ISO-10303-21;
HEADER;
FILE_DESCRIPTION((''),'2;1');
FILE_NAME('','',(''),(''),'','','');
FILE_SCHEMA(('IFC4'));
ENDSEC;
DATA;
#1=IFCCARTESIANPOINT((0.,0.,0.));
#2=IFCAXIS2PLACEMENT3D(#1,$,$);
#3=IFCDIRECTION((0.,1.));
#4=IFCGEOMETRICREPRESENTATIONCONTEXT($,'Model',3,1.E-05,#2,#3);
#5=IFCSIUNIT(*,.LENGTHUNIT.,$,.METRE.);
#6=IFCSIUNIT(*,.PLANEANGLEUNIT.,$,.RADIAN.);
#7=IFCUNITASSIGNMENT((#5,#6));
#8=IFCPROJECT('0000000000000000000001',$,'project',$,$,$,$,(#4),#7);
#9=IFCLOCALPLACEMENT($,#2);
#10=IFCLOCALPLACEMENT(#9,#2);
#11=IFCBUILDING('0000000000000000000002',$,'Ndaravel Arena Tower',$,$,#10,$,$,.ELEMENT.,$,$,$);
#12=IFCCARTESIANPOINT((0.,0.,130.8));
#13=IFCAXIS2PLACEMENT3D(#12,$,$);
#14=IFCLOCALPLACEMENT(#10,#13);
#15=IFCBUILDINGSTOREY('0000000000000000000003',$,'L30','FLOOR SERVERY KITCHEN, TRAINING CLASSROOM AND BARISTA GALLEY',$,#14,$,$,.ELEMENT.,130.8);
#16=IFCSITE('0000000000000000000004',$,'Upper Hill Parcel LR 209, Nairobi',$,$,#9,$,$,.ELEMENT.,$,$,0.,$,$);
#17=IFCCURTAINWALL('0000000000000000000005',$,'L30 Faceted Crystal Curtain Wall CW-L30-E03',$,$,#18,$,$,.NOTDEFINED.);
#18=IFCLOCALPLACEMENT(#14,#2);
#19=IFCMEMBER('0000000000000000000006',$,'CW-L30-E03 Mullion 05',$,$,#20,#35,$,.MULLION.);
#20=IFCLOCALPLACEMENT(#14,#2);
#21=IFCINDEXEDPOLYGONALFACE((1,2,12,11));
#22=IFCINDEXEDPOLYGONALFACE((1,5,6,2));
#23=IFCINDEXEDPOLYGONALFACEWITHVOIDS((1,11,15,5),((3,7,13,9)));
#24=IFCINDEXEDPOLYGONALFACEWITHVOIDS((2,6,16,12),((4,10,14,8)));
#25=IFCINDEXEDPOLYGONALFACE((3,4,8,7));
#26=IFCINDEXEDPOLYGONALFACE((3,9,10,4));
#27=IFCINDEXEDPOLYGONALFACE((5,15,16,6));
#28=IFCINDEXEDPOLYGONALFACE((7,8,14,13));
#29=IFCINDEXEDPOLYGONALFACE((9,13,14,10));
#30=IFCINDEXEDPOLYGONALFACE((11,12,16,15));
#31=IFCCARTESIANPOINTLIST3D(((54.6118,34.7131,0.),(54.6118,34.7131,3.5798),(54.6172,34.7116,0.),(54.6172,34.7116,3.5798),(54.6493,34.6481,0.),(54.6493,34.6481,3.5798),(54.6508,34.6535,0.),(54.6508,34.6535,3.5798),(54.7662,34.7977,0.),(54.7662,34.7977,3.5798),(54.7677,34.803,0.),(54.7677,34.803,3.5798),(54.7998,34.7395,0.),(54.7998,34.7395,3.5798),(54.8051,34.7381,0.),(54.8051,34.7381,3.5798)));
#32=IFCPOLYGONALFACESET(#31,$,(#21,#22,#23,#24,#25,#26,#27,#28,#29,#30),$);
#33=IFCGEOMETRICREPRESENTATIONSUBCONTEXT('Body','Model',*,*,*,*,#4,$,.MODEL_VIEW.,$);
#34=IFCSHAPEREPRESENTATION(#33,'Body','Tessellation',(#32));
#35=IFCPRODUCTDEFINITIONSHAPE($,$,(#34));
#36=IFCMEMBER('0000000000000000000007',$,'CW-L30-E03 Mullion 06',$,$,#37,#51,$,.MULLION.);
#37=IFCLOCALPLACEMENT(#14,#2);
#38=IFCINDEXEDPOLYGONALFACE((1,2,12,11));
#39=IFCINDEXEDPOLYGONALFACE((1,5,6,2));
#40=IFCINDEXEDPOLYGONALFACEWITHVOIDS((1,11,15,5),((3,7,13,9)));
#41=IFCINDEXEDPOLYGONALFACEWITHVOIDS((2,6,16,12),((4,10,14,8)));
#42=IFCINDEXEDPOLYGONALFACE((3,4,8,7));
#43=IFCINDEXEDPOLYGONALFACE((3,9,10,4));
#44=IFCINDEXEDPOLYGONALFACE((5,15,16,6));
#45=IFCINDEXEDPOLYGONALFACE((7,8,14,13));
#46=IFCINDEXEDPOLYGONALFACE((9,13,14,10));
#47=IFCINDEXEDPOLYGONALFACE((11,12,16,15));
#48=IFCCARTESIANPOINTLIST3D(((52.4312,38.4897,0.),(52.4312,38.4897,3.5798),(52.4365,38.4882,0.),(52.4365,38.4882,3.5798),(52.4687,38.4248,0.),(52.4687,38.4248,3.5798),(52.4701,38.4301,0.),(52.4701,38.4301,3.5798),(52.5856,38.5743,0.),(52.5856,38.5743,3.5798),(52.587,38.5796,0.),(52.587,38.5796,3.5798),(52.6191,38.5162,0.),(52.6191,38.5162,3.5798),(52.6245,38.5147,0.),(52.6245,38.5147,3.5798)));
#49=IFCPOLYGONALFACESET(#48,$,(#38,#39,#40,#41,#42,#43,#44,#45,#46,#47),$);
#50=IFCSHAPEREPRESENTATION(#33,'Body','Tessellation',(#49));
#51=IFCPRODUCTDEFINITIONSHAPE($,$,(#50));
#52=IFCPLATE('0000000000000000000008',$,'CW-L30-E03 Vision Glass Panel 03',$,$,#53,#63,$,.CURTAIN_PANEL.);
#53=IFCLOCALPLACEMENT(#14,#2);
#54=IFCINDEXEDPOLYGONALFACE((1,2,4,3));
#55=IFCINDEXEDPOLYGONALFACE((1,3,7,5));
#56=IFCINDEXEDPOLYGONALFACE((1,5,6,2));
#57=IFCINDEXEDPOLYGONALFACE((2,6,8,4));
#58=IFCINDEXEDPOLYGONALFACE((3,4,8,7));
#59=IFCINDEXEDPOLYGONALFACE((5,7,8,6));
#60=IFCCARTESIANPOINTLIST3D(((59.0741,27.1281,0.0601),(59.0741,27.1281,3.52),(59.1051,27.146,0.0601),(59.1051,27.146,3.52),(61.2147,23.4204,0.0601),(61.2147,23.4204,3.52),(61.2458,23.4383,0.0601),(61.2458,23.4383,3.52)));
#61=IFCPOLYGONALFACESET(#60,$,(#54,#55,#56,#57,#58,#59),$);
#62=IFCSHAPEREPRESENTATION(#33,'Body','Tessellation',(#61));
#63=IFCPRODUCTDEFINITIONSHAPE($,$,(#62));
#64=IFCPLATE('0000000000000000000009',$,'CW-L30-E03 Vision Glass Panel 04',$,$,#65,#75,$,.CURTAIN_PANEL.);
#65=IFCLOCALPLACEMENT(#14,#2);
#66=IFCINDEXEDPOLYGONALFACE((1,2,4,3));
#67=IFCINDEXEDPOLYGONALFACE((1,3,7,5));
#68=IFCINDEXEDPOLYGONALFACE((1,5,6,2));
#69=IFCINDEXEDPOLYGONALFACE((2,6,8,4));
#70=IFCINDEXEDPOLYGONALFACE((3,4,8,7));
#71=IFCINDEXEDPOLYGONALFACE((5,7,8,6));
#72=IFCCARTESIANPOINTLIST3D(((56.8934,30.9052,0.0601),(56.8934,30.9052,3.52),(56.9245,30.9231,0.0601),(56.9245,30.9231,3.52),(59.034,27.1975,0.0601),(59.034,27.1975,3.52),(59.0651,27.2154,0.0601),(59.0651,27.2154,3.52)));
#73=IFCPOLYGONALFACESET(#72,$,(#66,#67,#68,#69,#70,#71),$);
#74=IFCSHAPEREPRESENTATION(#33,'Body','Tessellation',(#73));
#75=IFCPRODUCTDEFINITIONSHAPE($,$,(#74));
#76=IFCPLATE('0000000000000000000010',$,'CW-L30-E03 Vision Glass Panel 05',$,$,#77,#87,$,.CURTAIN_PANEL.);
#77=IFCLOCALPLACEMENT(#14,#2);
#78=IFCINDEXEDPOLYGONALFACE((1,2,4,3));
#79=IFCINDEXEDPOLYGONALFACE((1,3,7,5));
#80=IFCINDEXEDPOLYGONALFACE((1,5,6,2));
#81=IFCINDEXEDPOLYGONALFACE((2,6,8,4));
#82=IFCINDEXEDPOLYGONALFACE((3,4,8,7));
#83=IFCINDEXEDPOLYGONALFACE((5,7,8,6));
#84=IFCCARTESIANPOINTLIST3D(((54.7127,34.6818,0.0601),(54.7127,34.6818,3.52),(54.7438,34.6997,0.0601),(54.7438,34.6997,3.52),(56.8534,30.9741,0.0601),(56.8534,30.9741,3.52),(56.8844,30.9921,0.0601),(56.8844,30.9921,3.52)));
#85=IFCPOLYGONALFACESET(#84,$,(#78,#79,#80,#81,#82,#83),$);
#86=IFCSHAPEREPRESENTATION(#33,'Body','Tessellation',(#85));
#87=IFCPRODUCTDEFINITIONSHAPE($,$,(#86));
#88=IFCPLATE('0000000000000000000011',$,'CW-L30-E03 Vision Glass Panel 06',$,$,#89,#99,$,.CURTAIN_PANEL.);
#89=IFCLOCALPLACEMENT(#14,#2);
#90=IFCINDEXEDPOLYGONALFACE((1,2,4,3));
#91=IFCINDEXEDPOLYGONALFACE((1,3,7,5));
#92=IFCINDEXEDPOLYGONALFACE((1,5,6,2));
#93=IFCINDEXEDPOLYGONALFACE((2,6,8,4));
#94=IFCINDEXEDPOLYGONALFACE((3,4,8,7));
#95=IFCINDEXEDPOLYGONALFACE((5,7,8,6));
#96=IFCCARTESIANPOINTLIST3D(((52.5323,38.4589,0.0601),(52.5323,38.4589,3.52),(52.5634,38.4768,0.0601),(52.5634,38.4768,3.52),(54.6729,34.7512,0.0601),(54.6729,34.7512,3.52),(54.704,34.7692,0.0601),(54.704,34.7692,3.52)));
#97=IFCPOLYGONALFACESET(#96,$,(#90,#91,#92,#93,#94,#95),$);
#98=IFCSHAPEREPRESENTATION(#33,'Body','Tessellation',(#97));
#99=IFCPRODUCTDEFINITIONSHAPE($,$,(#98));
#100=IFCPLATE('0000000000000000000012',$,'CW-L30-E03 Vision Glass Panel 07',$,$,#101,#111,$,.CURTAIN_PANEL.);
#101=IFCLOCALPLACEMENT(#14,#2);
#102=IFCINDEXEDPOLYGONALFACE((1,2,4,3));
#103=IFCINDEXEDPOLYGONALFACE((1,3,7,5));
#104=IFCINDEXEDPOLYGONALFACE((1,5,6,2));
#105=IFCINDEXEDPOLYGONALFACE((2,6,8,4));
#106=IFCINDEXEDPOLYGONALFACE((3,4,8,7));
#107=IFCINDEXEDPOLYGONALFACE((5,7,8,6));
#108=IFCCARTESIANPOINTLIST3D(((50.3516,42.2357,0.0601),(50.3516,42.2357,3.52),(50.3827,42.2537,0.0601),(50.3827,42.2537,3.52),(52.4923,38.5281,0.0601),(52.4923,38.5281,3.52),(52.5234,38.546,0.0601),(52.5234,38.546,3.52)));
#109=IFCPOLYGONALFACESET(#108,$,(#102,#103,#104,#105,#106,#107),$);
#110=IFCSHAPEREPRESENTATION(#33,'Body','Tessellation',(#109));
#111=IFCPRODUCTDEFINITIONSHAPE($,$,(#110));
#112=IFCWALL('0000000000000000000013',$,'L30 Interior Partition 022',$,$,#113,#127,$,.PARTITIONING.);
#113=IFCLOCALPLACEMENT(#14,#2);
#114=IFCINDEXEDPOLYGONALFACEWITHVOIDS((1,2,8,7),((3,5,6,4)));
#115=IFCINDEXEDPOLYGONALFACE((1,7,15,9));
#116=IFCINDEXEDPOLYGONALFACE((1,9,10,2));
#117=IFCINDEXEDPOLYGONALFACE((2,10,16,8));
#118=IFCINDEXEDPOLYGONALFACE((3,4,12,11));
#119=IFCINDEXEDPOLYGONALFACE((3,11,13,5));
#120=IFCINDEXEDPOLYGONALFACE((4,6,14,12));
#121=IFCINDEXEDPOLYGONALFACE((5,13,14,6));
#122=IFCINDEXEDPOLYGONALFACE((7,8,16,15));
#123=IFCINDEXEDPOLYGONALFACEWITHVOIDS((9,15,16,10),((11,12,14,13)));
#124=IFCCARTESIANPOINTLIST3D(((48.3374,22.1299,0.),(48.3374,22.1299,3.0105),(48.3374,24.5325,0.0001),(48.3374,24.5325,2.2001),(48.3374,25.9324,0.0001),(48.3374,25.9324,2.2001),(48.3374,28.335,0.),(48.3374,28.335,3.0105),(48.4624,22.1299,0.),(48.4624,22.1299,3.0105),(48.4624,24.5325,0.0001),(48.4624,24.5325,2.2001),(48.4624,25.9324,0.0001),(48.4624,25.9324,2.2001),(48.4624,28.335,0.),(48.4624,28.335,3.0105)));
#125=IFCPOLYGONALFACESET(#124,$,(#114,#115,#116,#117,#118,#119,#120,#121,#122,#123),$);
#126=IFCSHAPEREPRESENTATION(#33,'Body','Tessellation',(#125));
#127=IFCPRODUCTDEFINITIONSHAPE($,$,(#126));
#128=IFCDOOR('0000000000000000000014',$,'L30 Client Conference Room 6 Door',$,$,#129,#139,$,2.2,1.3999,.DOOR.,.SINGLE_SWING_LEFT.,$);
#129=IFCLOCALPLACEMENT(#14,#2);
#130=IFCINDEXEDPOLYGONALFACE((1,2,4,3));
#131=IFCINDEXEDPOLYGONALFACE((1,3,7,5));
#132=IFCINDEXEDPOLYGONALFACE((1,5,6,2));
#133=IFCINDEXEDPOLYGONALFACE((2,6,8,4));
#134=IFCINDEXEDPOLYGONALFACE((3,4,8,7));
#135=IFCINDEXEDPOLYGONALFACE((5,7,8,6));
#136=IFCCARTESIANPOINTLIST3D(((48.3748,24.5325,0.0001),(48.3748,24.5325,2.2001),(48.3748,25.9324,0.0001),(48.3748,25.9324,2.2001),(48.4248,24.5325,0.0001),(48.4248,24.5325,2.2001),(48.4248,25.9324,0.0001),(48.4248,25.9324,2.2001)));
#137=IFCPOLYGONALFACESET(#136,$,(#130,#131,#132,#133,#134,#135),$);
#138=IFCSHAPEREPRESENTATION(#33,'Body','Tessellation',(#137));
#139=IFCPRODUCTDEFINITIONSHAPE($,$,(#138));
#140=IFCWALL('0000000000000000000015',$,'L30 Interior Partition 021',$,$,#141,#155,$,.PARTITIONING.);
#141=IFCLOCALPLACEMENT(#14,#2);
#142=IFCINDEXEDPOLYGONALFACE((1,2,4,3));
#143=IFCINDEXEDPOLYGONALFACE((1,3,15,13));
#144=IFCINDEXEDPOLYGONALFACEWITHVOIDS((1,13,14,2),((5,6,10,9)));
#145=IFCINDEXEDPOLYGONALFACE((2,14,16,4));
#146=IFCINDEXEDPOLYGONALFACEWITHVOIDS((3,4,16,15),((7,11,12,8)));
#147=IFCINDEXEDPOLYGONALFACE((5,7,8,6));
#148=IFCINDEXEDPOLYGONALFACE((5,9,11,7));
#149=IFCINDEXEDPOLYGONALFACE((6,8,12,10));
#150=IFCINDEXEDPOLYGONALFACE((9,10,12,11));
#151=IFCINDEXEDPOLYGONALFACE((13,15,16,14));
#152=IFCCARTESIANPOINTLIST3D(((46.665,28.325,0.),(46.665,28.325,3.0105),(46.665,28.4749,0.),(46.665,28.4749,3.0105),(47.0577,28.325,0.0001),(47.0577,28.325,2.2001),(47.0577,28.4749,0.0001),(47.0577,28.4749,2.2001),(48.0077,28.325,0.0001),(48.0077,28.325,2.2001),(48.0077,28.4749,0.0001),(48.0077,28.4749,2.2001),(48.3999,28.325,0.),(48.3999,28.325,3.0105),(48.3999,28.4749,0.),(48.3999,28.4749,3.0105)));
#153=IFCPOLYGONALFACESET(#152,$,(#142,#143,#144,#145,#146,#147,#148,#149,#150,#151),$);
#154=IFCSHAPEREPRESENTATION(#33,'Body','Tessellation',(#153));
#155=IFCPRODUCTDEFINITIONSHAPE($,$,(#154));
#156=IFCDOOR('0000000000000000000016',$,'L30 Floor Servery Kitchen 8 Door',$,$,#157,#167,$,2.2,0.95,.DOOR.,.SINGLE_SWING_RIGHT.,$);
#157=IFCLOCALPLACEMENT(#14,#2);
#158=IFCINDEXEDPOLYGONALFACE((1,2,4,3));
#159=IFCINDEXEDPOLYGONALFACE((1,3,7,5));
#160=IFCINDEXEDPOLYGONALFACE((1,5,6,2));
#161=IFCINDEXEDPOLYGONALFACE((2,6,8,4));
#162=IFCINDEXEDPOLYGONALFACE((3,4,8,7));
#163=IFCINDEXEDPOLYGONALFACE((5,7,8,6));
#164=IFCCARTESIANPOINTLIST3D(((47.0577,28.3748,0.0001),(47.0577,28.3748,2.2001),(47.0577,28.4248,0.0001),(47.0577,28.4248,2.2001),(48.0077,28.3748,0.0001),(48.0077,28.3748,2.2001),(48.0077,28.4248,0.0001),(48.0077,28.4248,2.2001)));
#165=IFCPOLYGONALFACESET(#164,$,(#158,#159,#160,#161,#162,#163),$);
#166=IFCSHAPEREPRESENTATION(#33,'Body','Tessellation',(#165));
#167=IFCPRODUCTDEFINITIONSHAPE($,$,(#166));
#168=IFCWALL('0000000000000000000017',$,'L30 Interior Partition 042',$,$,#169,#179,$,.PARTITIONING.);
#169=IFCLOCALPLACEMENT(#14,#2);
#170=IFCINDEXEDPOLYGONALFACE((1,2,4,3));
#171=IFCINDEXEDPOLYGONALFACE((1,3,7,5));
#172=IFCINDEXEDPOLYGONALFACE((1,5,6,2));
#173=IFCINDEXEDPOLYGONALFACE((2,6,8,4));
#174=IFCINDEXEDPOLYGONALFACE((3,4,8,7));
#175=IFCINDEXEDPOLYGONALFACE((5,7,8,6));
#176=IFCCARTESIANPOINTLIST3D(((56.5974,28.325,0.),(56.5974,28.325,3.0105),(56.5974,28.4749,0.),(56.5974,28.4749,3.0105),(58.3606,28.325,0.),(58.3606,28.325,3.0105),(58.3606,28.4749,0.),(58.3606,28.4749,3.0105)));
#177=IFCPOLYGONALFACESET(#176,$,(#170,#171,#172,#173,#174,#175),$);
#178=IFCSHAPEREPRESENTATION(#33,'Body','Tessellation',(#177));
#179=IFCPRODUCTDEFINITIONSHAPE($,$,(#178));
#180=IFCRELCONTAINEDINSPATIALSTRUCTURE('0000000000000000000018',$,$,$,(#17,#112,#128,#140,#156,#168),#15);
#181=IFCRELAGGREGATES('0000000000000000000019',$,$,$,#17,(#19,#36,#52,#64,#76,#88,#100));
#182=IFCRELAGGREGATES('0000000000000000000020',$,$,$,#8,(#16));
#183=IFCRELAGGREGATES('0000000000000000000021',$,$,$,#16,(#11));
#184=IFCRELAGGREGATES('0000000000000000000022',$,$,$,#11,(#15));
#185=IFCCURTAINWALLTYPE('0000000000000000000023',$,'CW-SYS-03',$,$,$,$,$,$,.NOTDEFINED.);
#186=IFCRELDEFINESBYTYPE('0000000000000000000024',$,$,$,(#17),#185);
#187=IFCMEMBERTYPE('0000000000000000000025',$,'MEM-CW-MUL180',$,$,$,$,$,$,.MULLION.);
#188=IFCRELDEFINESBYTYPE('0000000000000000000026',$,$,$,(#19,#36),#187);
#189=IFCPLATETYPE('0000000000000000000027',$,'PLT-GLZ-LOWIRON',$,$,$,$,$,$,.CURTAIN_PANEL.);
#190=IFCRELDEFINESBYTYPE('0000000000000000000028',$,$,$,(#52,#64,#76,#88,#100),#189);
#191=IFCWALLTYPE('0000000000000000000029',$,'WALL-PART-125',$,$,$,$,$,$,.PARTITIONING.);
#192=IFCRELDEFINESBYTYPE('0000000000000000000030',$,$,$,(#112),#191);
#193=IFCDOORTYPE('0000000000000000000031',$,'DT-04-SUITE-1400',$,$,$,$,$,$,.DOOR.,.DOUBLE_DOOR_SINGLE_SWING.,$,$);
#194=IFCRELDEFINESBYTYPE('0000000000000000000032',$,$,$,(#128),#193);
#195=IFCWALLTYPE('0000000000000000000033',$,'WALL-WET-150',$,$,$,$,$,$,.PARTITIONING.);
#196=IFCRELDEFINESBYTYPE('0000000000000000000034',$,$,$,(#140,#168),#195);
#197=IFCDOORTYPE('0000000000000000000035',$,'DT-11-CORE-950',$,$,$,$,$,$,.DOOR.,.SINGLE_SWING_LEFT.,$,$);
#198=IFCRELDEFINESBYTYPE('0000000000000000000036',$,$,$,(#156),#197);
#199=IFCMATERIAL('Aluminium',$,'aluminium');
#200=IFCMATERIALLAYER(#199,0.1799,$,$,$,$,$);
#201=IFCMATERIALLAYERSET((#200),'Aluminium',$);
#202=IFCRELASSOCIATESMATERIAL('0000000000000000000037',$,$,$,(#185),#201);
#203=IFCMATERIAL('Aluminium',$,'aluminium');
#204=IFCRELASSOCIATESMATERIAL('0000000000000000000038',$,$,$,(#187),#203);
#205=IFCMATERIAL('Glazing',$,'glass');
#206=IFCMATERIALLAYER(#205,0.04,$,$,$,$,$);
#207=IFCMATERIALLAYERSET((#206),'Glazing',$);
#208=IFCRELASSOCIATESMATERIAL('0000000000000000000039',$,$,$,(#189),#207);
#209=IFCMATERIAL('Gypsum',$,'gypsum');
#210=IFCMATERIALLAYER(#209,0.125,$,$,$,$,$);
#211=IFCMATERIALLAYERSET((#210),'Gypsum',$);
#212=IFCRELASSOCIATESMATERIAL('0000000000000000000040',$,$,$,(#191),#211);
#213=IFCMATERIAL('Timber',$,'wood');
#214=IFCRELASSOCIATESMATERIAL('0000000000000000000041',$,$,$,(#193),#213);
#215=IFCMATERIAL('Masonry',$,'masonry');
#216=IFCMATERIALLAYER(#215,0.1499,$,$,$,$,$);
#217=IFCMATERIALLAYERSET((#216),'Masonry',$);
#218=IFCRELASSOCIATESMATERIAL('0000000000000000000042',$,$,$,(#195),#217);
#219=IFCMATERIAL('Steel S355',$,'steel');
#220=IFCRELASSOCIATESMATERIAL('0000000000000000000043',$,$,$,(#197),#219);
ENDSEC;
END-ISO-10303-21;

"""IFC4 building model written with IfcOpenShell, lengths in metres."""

from ifc_helpers import new_model, si_unit, direction, frame, frame_2d, origin, origin_2d, place, context, subcontext, project, spatial, rectangle, hollow_rectangle, extrude, material, layer, layer_set, material_profile, profile_set, type_object, element, fill, aggregate, save


model = new_model("IFC4")

# Units and contexts
model_context = context("Model", 3, precision=1e-05, world=origin(), true_north=direction((0.0, 1.0)))
body_context = subcontext(model_context, "Body", "Model", "MODEL_VIEW")
ifc_project = project(units=[si_unit("LENGTHUNIT", "METRE"), si_unit("PLANEANGLEUNIT", "RADIAN")], contexts=[model_context])

# Site, building, storey
site_placement = place(None, origin())
site = spatial("IfcSite", under=ifc_project, at=site_placement, Name="Upper Hill Parcel LR 209, Nairobi", CompositionType="ELEMENT", RefElevation=0.0)
building_placement = place(site_placement, origin())
building = spatial("IfcBuilding", under=site, at=building_placement, Name="Ndaravel Arena Tower", CompositionType="ELEMENT")
storey_placement = place(building_placement, frame((0.0, 0.0, 130.8)))
storey = spatial("IfcBuildingStorey", under=building, at=storey_placement, Name="L30", Description="FLOOR SERVERY KITCHEN, TRAINING CLASSROOM AND BARISTA GALLEY", CompositionType="ELEMENT", Elevation=130.8)

# Curtain wall, members, plates
ifc_material_1 = material(Name="Aluminium", Category="aluminium")
ifc_layer_1 = layer(ifc_material_1, 0.1799)
ifc_layer_set_1 = layer_set([ifc_layer_1], Name="Aluminium")
curtain_wall_type = type_object("IfcCurtainWallType", Name="CW-SYS-03", PredefinedType="NOTDEFINED", material=ifc_layer_set_1)
curtain_wall_placement = place(storey_placement, origin())
curtain_wall = element("IfcCurtainWall", 1, at=curtain_wall_placement, inside=storey, type_object=curtain_wall_type, Name="L30 Faceted Crystal Curtain Wall CW-L30-E03", PredefinedType="NOTDEFINED")
ifc_material_2 = material(Name="Aluminium", Category="aluminium")
ifc_material_profile_1 = material_profile(ifc_material_2, hollow_rectangle(XDim=0.075, YDim=0.1799, WallThickness=0.0039, at=origin_2d()), Name="CW MULLION 75x180x4")
ifc_profile_set_1 = profile_set([ifc_material_profile_1], Name="Aluminium")
member_type = type_object("IfcMemberType", Name="MEM-CW-MUL180", PredefinedType="MULLION", material=ifc_profile_set_1)
member_1_placement = place(storey_placement, frame((54.7085, 34.7256, 0.0), z_axis=(0.0, 0.0, 1.0), x_axis=(-0.5, 0.866025, 0.0)))
member_1 = element("IfcMember", 2, at=member_1_placement, type_object=member_type, Name="CW-L30-E03 Mullion 05", PredefinedType="MULLION", context=body_context, shape_type="SweptSolid", body=[
    extrude(hollow_rectangle(XDim=0.075, YDim=0.1799, WallThickness=0.0039, at=origin_2d()), origin(), (0.0, 0.0, 1.0), 3.5798),
])
member_2_placement = place(storey_placement, frame((52.5278, 38.5022, 0.0), z_axis=(0.0, 0.0, 1.0), x_axis=(-0.5, 0.866025, 0.0)))
member_2 = element("IfcMember", 3, at=member_2_placement, type_object=member_type, Name="CW-L30-E03 Mullion 06", PredefinedType="MULLION", context=body_context, shape_type="SweptSolid", body=[
    extrude(hollow_rectangle(XDim=0.075, YDim=0.1799, WallThickness=0.0039, at=origin_2d()), origin(), (0.0, 0.0, 1.0), 3.5798),
])
ifc_material_3 = material(Name="Glazing", Category="glass")
ifc_layer_2 = layer(ifc_material_3, 0.04)
ifc_layer_set_2 = layer_set([ifc_layer_2], Name="Glazing")
plate_type = type_object("IfcPlateType", Name="PLT-GLZ-LOWIRON", PredefinedType="CURTAIN_PANEL", material=ifc_layer_set_2)
plate_1_placement = place(storey_placement, frame((60.1599, 25.2832, 0.0601), z_axis=(0.0, 0.0, 1.0), x_axis=(-0.5, 0.866025, 0.0)))
plate_1 = element("IfcPlate", 4, at=plate_1_placement, type_object=plate_type, Name="CW-L30-E03 Vision Glass Panel 03", PredefinedType="CURTAIN_PANEL", context=body_context, shape_type="SweptSolid", body=[
    extrude(rectangle(XDim=4.2812, YDim=0.0359, at=origin_2d()), origin(), (0.0, 0.0, 1.0), 3.46),
])
plate_2_placement = place(storey_placement, frame((57.9792, 29.0603, 0.0601), z_axis=(0.0, 0.0, 1.0), x_axis=(-0.5, 0.866025, 0.0)))
plate_2 = element("IfcPlate", 5, at=plate_2_placement, type_object=plate_type, Name="CW-L30-E03 Vision Glass Panel 04", PredefinedType="CURTAIN_PANEL", context=body_context, shape_type="SweptSolid", body=[
    extrude(rectangle(XDim=4.2812, YDim=0.0359, at=origin_2d()), origin(), (0.0, 0.0, 1.0), 3.46),
])
plate_3_placement = place(storey_placement, frame((55.7986, 32.8369, 0.0601), z_axis=(0.0, 0.0, 1.0), x_axis=(-0.5, 0.866025, 0.0)))
plate_3 = element("IfcPlate", 6, at=plate_3_placement, type_object=plate_type, Name="CW-L30-E03 Vision Glass Panel 05", PredefinedType="CURTAIN_PANEL", context=body_context, shape_type="SweptSolid", body=[
    extrude(rectangle(XDim=4.2812, YDim=0.0359, at=origin_2d()), origin(), (0.0, 0.0, 1.0), 3.46),
])
plate_4_placement = place(storey_placement, frame((53.6182, 36.614, 0.0601), z_axis=(0.0, 0.0, 1.0), x_axis=(-0.5, 0.866025, 0.0)))
plate_4 = element("IfcPlate", 7, at=plate_4_placement, type_object=plate_type, Name="CW-L30-E03 Vision Glass Panel 06", PredefinedType="CURTAIN_PANEL", context=body_context, shape_type="SweptSolid", body=[
    extrude(rectangle(XDim=4.2812, YDim=0.0359, at=origin_2d()), origin(), (0.0, 0.0, 1.0), 3.46),
])
plate_5_placement = place(storey_placement, frame((51.4375, 40.3909, 0.0601), z_axis=(0.0, 0.0, 1.0), x_axis=(-0.5, 0.866025, 0.0)))
plate_5 = element("IfcPlate", 8, at=plate_5_placement, type_object=plate_type, Name="CW-L30-E03 Vision Glass Panel 07", PredefinedType="CURTAIN_PANEL", context=body_context, shape_type="SweptSolid", body=[
    extrude(rectangle(XDim=4.2812, YDim=0.0359, at=origin_2d()), origin(), (0.0, 0.0, 1.0), 3.46),
])
aggregate(curtain_wall, [member_1, member_2, plate_1, plate_2, plate_3, plate_4, plate_5])

# Walls, openings, doors
ifc_material_4 = material(Name="Gypsum", Category="gypsum")
ifc_layer_3 = layer(ifc_material_4, 0.125)
ifc_layer_set_3 = layer_set([ifc_layer_3], Name="Gypsum")
wall_type_1 = type_object("IfcWallType", Name="WALL-PART-125", PredefinedType="PARTITIONING", material=ifc_layer_set_3)
wall_1_placement = place(storey_placement, frame((48.3999, 28.335, 0.0), z_axis=(0.0, 0.0, 1.0), x_axis=(0.0, -1.0, 0.0)))
wall_1 = element("IfcWall", 9, at=wall_1_placement, inside=storey, type_object=wall_type_1, Name="L30 Interior Partition 022", PredefinedType="PARTITIONING", context=body_context, shape_type="SweptSolid", body=[
    extrude(rectangle(XDim=6.2051, YDim=0.125, at=frame_2d((3.1025, 0.0))), origin(), (0.0, 0.0, 1.0), 3.0105),
])
opening_1_placement = place(wall_1_placement, frame((2.4026, 0.0, 0.0)))
opening_1 = element("IfcOpeningElement", 10, at=opening_1_placement, cuts=wall_1, PredefinedType="OPENING", context=body_context, shape_type="SweptSolid", body=[
    extrude(rectangle(XDim=1.3999, YDim=2.2, at=frame_2d((0.7, 1.1001))), frame((0.0, 0.0625, 0.0), z_axis=(0.0, -1.0, 0.0), x_axis=(1.0, 0.0, 0.0)), (0.0, 0.0, 1.0), 0.125),
])
ifc_material_5 = material(Name="Timber", Category="wood")
door_type_1 = type_object("IfcDoorType", Name="DT-04-SUITE-1400", OperationType="DOUBLE_DOOR_SINGLE_SWING", PredefinedType="DOOR", material=ifc_material_5)
door_1_placement = place(opening_1_placement, origin())
door_1 = element("IfcDoor", 11, at=door_1_placement, inside=storey, type_object=door_type_1, Name="L30 Client Conference Room 6 Door", OperationType="SINGLE_SWING_LEFT", OverallHeight=2.2, OverallWidth=1.3999, PredefinedType="DOOR", context=body_context, shape_type="SweptSolid", body=[
    extrude(rectangle(XDim=1.3999, YDim=2.2, at=frame_2d((0.7, 1.1001))), frame((0.0, 0.0249, 0.0), z_axis=(0.0, -1.0, 0.0), x_axis=(1.0, 0.0, 0.0)), (0.0, 0.0, 1.0), 0.05),
])
fill(opening_1, door_1)
ifc_material_6 = material(Name="Masonry", Category="masonry")
ifc_layer_4 = layer(ifc_material_6, 0.1499)
ifc_layer_set_4 = layer_set([ifc_layer_4], Name="Masonry")
wall_type_2 = type_object("IfcWallType", Name="WALL-WET-150", PredefinedType="PARTITIONING", material=ifc_layer_set_4)
wall_2_placement = place(storey_placement, frame((46.665, 28.3999, 0.0), z_axis=(0.0, 0.0, 1.0), x_axis=(1.0, 0.0, 0.0)))
wall_2 = element("IfcWall", 12, at=wall_2_placement, inside=storey, type_object=wall_type_2, Name="L30 Interior Partition 021", PredefinedType="PARTITIONING", context=body_context, shape_type="SweptSolid", body=[
    extrude(rectangle(XDim=1.7349, YDim=0.1499, at=frame_2d((0.8674, 0.0))), origin(), (0.0, 0.0, 1.0), 3.0105),
])
opening_2_placement = place(wall_2_placement, frame((0.3926, 0.0, 0.0)))
opening_2 = element("IfcOpeningElement", 13, at=opening_2_placement, cuts=wall_2, PredefinedType="OPENING", context=body_context, shape_type="SweptSolid", body=[
    extrude(rectangle(XDim=0.95, YDim=2.2, at=frame_2d((0.4751, 1.1001))), frame((0.0, 0.075, 0.0), z_axis=(0.0, -1.0, 0.0), x_axis=(1.0, 0.0, 0.0)), (0.0, 0.0, 1.0), 0.1499),
])
ifc_material_7 = material(Name="Steel S355", Category="steel")
door_type_2 = type_object("IfcDoorType", Name="DT-11-CORE-950", OperationType="SINGLE_SWING_LEFT", PredefinedType="DOOR", material=ifc_material_7)
door_2_placement = place(opening_2_placement, origin())
door_2 = element("IfcDoor", 14, at=door_2_placement, inside=storey, type_object=door_type_2, Name="L30 Floor Servery Kitchen 8 Door", OperationType="SINGLE_SWING_RIGHT", OverallHeight=2.2, OverallWidth=0.95, PredefinedType="DOOR", context=body_context, shape_type="SweptSolid", body=[
    extrude(rectangle(XDim=0.95, YDim=2.2, at=frame_2d((0.4751, 1.1001))), frame((0.0, 0.0249, 0.0), z_axis=(0.0, -1.0, 0.0), x_axis=(1.0, 0.0, 0.0)), (0.0, 0.0, 1.0), 0.05),
])
fill(opening_2, door_2)

# Wall
wall_3_placement = place(storey_placement, frame((56.5974, 28.3999, 0.0), z_axis=(0.0, 0.0, 1.0), x_axis=(1.0, 0.0, 0.0)))
element("IfcWall", 15, at=wall_3_placement, inside=storey, type_object=wall_type_2, Name="L30 Interior Partition 042", PredefinedType="PARTITIONING", context=body_context, shape_type="SweptSolid", body=[
    extrude(rectangle(XDim=1.7632, YDim=0.1499, at=frame_2d((0.8816, 0.0))), origin(), (0.0, 0.0, 1.0), 3.0105),
])

save(model, "model.ifc")
